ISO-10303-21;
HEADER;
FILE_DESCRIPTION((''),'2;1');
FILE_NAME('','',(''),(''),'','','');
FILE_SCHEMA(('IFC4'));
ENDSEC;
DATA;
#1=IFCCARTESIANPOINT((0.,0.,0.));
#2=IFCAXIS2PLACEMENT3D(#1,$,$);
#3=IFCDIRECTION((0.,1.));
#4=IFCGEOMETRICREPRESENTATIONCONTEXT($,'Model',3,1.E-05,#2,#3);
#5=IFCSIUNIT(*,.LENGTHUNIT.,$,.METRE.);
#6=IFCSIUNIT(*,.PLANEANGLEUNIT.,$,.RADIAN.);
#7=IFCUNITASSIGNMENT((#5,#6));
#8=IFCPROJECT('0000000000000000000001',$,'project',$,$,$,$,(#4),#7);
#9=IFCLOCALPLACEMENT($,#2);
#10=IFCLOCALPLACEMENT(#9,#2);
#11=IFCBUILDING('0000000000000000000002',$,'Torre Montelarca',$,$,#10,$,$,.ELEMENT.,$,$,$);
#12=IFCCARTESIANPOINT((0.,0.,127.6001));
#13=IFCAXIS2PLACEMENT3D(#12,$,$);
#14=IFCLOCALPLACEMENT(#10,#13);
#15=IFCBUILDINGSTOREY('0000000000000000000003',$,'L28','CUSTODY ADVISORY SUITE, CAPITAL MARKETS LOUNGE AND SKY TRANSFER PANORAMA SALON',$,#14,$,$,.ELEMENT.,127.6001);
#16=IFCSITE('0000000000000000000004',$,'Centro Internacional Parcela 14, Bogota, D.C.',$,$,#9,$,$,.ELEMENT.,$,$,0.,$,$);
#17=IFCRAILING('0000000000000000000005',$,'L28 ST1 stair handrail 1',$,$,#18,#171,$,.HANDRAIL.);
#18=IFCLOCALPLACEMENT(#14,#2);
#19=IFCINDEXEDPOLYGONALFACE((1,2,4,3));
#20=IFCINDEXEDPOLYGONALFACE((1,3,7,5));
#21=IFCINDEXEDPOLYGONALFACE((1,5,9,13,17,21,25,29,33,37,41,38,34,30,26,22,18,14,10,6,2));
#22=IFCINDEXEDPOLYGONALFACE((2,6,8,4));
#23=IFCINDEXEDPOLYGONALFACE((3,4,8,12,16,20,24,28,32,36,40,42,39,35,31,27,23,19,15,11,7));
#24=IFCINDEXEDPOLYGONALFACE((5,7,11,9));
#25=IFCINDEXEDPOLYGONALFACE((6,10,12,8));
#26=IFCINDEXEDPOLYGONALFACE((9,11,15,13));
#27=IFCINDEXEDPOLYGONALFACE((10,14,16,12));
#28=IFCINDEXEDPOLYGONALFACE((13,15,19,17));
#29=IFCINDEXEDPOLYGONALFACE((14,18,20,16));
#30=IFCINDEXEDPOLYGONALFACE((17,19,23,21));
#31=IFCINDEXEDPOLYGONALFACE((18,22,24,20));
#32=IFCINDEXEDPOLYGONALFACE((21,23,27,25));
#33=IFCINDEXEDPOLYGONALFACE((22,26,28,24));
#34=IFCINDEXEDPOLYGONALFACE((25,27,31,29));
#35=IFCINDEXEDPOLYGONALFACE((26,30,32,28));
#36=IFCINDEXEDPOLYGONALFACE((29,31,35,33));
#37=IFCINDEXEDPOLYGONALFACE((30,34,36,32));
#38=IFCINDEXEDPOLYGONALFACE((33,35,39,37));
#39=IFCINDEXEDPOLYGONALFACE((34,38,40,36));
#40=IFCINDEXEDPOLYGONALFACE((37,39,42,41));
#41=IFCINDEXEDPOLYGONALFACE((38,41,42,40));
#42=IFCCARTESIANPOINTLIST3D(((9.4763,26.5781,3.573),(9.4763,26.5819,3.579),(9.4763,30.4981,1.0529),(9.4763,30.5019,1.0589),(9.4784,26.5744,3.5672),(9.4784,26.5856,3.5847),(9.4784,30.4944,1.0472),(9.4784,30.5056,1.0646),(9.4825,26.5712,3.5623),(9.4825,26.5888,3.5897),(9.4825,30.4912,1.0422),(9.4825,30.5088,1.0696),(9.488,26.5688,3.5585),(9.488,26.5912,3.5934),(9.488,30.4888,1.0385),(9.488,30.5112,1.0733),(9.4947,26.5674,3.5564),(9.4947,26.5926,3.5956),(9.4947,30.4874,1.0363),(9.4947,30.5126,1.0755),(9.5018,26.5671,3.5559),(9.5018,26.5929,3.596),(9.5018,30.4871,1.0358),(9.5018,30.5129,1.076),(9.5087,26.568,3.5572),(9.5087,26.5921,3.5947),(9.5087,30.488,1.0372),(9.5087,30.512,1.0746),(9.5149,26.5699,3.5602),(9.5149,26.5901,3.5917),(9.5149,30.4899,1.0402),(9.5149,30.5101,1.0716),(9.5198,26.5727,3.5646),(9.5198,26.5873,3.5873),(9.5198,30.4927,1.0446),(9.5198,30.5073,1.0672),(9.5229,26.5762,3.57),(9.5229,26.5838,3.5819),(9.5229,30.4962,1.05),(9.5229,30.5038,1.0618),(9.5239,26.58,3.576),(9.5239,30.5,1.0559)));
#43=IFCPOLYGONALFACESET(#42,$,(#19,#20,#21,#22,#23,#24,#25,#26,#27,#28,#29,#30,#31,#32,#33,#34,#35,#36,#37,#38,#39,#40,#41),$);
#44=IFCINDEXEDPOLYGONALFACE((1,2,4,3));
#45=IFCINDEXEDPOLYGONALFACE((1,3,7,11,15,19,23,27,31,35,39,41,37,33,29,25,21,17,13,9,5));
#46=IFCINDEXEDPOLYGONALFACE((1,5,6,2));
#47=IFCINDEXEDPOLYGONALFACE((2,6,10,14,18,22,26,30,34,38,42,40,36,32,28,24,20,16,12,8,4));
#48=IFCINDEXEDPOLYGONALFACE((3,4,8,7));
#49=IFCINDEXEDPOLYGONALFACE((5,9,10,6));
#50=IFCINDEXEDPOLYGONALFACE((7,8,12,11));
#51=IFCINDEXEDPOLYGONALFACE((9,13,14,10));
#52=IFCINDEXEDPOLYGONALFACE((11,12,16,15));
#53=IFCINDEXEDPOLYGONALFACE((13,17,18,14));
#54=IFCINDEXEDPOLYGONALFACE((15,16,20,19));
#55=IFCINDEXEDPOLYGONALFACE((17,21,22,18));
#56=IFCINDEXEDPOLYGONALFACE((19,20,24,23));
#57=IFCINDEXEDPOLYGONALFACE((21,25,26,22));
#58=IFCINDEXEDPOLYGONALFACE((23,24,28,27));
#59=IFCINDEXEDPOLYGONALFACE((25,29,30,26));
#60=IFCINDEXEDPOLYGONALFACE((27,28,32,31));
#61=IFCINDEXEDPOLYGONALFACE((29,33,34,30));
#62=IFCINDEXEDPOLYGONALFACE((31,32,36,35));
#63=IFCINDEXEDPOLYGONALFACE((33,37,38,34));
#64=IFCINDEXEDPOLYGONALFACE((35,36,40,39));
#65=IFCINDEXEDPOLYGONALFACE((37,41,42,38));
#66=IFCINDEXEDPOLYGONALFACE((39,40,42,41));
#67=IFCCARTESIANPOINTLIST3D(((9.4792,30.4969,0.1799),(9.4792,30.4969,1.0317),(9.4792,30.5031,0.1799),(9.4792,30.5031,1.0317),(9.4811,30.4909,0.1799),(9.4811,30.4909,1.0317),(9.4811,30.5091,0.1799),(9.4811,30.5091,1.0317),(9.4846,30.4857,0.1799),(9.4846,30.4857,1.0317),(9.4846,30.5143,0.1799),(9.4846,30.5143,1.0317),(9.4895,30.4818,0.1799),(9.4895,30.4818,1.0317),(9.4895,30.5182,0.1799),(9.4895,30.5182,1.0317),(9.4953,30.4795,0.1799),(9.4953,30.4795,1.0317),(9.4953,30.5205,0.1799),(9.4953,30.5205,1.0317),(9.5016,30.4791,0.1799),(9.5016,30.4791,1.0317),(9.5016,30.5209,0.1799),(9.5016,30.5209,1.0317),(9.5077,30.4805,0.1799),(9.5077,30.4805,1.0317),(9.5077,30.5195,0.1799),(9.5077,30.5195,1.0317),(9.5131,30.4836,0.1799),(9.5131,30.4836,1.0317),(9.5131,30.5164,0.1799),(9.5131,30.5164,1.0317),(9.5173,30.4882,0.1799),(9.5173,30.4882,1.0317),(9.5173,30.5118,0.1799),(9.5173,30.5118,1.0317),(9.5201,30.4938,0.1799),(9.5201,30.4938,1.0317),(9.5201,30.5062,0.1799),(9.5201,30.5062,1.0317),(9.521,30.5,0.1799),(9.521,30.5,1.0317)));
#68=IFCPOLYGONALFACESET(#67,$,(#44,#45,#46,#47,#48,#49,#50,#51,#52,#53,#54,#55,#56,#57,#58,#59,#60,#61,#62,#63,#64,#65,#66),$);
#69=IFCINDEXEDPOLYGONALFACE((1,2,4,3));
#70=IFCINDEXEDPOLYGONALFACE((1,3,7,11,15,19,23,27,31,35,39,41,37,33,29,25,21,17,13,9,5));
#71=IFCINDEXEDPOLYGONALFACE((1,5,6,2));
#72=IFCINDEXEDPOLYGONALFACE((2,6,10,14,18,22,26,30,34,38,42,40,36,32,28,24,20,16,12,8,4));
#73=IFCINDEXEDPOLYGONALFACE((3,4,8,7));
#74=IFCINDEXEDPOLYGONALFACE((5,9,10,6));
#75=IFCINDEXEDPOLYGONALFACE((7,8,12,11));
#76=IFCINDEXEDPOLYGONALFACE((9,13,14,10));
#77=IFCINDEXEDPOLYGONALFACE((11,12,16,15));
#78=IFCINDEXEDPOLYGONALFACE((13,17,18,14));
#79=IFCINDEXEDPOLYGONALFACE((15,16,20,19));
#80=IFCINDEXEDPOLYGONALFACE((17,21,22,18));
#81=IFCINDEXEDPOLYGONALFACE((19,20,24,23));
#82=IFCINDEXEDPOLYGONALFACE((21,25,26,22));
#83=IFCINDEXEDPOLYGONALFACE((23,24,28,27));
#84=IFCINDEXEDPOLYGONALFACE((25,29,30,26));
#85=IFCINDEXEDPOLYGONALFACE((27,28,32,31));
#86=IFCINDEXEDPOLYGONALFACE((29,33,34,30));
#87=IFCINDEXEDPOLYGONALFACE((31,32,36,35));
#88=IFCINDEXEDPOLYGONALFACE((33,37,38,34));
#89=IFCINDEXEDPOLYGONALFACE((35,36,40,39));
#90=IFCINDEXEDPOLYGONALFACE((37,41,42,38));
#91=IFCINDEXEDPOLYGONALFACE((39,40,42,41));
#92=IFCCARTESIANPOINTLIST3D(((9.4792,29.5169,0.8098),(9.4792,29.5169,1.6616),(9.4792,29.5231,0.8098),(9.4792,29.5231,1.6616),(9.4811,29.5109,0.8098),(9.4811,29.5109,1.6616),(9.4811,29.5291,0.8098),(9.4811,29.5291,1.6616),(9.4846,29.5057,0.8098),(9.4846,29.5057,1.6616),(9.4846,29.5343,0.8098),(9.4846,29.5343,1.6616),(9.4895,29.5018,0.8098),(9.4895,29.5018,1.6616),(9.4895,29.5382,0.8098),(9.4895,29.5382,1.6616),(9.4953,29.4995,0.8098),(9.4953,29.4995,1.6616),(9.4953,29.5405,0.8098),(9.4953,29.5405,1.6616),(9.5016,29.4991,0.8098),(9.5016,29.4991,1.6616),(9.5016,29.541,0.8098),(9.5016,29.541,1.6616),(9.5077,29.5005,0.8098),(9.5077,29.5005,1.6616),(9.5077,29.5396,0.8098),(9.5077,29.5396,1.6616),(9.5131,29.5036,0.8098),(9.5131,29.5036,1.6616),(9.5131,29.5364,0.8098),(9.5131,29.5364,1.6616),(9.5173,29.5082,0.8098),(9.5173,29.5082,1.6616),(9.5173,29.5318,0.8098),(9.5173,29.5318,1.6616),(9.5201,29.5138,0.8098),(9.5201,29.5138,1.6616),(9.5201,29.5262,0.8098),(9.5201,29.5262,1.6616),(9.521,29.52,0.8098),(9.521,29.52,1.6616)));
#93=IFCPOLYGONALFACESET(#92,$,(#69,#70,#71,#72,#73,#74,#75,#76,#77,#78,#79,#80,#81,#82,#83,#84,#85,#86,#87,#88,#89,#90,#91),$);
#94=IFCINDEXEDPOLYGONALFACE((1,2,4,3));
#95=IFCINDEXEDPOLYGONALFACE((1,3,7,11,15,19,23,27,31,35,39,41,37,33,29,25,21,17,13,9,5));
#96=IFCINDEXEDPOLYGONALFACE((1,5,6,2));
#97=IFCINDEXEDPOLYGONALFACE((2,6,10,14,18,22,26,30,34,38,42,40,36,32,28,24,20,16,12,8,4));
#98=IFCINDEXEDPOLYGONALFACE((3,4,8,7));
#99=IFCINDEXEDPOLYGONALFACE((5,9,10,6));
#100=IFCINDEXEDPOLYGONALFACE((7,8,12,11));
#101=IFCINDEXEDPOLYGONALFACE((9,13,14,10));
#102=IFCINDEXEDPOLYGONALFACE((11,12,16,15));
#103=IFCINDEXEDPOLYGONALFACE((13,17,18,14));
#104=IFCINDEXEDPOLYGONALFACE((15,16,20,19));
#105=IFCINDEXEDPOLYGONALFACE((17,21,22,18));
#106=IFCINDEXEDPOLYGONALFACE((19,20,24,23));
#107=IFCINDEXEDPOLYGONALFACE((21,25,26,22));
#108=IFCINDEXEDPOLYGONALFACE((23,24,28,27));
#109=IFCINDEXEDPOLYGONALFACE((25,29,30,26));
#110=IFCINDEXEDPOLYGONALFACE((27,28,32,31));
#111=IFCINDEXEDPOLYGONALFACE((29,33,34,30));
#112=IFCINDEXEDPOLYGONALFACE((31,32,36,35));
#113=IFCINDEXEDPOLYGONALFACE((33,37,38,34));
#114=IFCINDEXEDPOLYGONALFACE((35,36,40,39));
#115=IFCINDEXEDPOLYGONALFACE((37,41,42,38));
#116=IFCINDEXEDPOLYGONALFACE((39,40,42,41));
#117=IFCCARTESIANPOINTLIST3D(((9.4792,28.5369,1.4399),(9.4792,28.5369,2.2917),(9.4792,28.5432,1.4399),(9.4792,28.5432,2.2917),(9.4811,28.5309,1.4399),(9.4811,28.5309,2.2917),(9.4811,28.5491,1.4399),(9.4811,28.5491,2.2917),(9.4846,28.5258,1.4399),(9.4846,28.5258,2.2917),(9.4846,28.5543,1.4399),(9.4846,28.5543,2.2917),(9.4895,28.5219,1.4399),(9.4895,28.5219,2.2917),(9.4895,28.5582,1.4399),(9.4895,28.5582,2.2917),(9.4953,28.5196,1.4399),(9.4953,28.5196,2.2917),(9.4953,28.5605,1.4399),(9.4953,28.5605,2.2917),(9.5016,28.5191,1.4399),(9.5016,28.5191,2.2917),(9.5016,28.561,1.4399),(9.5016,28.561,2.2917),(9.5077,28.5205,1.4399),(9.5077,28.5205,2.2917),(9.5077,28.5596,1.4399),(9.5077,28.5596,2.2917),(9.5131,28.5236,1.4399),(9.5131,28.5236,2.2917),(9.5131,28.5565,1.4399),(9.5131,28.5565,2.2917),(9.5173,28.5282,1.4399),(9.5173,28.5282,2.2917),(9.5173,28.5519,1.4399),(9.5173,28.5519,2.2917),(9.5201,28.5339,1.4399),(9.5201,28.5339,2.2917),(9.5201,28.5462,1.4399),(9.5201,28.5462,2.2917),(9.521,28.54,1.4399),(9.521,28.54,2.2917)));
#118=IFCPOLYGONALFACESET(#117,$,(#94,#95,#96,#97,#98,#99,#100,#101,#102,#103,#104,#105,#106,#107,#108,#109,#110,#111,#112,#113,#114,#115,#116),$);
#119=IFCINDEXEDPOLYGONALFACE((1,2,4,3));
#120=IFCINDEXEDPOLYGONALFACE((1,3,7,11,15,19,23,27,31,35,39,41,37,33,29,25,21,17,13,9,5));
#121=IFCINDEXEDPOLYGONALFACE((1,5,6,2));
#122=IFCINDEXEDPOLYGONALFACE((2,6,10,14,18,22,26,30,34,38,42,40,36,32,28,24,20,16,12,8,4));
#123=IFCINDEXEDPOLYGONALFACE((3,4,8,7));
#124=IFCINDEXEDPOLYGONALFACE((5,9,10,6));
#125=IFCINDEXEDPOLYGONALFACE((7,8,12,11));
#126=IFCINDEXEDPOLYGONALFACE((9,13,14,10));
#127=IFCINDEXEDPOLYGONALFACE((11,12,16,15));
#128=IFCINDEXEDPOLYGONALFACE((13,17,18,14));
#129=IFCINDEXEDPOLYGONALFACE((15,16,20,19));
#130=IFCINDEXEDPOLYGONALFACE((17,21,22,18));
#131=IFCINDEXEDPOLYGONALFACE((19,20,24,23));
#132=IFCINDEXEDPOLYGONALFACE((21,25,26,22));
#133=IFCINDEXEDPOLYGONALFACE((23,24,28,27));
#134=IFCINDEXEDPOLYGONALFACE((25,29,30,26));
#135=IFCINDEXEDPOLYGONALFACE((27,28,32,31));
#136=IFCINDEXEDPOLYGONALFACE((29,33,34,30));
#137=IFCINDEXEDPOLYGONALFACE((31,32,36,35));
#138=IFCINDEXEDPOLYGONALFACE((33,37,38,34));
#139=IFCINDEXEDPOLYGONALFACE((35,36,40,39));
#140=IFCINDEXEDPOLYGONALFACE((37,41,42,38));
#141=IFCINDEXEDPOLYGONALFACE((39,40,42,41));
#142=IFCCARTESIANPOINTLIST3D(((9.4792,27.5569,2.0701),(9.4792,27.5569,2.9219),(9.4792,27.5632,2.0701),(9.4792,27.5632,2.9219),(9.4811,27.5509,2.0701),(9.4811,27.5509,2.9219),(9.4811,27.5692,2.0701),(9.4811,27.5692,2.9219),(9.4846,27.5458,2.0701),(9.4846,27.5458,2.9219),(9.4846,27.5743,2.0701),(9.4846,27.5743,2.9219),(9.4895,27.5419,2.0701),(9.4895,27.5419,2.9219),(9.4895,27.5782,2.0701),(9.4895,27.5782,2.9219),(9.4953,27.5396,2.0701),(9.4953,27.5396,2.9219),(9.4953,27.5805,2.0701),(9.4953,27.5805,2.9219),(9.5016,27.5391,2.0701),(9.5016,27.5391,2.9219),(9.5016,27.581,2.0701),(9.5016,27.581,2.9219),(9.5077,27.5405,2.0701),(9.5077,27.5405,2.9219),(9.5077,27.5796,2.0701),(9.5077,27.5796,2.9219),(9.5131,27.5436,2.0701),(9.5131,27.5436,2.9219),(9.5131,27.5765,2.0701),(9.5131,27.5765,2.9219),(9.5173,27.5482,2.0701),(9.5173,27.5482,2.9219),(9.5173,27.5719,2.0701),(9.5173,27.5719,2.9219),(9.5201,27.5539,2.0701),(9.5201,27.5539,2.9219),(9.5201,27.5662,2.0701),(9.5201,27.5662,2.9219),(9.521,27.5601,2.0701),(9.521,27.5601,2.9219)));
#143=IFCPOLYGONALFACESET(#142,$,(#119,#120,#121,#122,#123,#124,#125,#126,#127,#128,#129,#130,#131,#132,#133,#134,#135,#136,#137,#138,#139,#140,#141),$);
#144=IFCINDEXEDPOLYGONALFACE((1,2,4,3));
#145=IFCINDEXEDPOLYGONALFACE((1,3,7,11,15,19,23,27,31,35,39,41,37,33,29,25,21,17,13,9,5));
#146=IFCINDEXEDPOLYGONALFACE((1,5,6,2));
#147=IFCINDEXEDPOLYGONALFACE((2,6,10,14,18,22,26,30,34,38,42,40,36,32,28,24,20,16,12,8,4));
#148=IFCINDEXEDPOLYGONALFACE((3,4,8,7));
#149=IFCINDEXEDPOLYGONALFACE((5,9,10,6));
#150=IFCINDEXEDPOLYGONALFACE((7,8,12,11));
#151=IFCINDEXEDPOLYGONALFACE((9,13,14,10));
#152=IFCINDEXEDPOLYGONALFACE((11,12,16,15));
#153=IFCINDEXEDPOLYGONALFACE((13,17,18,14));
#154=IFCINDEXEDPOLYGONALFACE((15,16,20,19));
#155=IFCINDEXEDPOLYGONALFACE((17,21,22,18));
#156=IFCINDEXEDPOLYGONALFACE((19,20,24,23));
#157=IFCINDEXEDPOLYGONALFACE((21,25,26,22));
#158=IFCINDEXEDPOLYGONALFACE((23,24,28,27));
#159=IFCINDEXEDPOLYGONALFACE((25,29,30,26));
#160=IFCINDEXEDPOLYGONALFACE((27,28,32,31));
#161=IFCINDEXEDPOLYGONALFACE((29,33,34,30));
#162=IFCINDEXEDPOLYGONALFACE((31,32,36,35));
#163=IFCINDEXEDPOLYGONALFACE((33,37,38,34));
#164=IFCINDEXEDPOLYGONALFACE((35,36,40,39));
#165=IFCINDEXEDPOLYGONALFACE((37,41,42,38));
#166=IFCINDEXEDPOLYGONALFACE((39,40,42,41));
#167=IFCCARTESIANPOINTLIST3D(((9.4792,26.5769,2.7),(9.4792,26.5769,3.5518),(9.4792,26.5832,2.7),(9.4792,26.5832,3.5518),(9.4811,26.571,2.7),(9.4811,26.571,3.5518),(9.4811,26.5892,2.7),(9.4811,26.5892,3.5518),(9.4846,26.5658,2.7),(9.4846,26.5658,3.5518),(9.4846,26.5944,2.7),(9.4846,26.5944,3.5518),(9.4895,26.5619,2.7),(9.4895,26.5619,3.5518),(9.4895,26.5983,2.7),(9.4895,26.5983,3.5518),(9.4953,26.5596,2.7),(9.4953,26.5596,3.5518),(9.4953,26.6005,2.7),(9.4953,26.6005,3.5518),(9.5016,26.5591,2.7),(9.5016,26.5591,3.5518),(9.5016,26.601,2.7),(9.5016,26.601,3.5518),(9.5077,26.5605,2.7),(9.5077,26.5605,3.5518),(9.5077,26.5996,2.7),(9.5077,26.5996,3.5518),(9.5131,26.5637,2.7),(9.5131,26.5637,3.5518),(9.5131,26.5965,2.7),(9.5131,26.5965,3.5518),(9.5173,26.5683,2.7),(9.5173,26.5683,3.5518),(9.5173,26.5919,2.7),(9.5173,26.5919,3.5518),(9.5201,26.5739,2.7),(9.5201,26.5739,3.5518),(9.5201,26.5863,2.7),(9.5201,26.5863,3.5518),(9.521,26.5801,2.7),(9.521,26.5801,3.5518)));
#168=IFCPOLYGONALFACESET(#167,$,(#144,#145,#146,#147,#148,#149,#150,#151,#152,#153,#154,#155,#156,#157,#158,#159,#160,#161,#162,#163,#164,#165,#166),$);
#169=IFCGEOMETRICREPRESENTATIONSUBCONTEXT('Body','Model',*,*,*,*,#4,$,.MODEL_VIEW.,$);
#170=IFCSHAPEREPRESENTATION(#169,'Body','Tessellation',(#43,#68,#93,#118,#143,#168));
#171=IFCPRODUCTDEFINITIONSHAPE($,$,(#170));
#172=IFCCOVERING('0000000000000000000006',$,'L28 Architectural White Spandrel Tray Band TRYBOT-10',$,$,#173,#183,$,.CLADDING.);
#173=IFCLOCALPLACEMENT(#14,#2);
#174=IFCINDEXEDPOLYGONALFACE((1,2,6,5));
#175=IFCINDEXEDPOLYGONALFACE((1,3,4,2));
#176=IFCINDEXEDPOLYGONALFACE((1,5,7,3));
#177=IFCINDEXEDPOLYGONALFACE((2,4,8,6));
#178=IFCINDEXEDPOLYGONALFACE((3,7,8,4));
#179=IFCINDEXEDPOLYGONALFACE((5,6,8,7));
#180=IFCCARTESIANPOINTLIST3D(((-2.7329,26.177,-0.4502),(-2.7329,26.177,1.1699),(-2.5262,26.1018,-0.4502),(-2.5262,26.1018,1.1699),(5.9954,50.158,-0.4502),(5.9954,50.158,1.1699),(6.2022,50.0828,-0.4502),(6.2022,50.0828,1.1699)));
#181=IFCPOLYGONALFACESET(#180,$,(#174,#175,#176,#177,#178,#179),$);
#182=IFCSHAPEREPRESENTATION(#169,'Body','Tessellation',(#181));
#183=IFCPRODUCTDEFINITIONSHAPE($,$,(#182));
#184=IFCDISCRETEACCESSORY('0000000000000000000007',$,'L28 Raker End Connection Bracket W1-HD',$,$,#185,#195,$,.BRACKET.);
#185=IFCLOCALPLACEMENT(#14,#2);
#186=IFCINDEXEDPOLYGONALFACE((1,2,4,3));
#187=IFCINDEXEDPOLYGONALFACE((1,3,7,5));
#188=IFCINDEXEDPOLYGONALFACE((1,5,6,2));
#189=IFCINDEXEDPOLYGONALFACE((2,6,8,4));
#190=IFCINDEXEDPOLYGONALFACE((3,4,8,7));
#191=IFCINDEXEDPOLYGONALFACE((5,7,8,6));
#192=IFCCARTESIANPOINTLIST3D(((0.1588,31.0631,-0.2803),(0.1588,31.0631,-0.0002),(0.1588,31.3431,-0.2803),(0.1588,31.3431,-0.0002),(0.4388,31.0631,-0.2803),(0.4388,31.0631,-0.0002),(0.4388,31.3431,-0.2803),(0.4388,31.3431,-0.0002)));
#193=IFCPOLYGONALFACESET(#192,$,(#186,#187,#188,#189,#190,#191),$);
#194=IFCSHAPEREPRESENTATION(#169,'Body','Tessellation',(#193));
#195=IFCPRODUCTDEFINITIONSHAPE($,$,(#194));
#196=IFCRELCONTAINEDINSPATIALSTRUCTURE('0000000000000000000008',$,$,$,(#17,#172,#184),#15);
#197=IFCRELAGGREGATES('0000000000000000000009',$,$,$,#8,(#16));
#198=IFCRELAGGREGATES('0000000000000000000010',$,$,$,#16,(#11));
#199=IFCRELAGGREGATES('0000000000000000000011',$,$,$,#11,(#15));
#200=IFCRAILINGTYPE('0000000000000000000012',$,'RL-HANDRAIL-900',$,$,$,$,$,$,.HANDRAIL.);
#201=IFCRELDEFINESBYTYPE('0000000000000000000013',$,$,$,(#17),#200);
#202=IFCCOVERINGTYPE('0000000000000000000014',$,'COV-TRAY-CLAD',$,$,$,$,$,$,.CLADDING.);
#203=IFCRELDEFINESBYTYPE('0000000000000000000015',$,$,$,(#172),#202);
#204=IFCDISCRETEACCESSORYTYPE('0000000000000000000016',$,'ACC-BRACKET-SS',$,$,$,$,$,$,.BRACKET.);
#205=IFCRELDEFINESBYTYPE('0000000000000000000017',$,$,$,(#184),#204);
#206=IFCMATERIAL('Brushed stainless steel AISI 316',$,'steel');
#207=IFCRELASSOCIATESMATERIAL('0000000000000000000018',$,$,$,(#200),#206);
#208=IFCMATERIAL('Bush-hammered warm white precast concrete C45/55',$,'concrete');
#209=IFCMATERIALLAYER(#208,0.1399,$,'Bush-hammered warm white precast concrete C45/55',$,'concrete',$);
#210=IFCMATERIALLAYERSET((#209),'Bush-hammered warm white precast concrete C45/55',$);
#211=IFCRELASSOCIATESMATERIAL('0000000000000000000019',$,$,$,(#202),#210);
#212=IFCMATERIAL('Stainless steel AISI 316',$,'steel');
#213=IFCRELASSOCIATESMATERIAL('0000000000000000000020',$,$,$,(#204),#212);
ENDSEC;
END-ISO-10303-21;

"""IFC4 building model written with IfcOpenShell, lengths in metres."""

from ifc_helpers import new_model, si_unit, direction, frame, origin, origin_2d, place, context, subcontext, project, spatial, rectangle, circle, extrude, source, transform, mapped, material, layer, layer_set, type_object, element, save


model = new_model("IFC4")

# Units and contexts
model_context = context("Model", 3, precision=1e-05, world=origin(), true_north=direction((0.0, 1.0)))
body_context = subcontext(model_context, "Body", "Model", "MODEL_VIEW")
ifc_project = project(units=[si_unit("LENGTHUNIT", "METRE"), si_unit("PLANEANGLEUNIT", "RADIAN")], contexts=[model_context])

# Site, building, storey
site_placement = place(None, origin())
site = spatial("IfcSite", under=ifc_project, at=site_placement, Name="Centro Internacional Parcela 14, Bogota, D.C.", CompositionType="ELEMENT", RefElevation=0.0)
building_placement = place(site_placement, origin())
building = spatial("IfcBuilding", under=site, at=building_placement, Name="Torre Montelarca", CompositionType="ELEMENT")
storey_placement = place(building_placement, frame((0.0, 0.0, 127.6001)))
storey = spatial("IfcBuildingStorey", under=building, at=storey_placement, Name="L28", Description="CUSTODY ADVISORY SUITE, CAPITAL MARKETS LOUNGE AND SKY TRANSFER PANORAMA SALON", CompositionType="ELEMENT", Elevation=127.6001)

# Shared definitions
ifc_material_1 = material(Name="Brushed stainless steel AISI 316", Category="steel")

# Railing
railing_type_1 = type_object("IfcRailingType", Name="RL-HANDRAIL-900", PredefinedType="HANDRAIL", material=ifc_material_1)
railing_1_placement = place(storey_placement, frame((9.5, 30.5, 0.1799)))
element("IfcRailing", 1, at=railing_1_placement, inside=storey, type_object=railing_type_1, Name="L28 ST1 stair handrail 1", PredefinedType="HANDRAIL", context=body_context, shape_type="SweptSolid", body=[
    extrude(circle(Radius=0.0239, at=origin_2d()), frame((0.0, 0.0, 0.876), z_axis=(0.0, -0.841172, 0.540768), x_axis=(1.0, 0.0, 0.0)), (0.0, 0.0, 1.0), 4.6602),
    extrude(circle(Radius=0.021, at=origin_2d()), origin(), (0.0, 0.0, 1.0), 0.8518),
    extrude(circle(Radius=0.021, at=origin_2d()), frame((0.0, -0.98, 0.6299)), (0.0, 0.0, 1.0), 0.8518),
    extrude(circle(Radius=0.021, at=origin_2d()), frame((0.0, -1.96, 1.26)), (0.0, 0.0, 1.0), 0.8518),
    extrude(circle(Radius=0.021, at=origin_2d()), frame((0.0, -2.9399, 1.8901)), (0.0, 0.0, 1.0), 0.8518),
    extrude(circle(Radius=0.021, at=origin_2d()), frame((0.0, -3.9199, 2.52)), (0.0, 0.0, 1.0), 0.8518),
])

# Covering
ifc_material_2 = material(Name="Bush-hammered warm white precast concrete C45/55", Category="concrete")
ifc_layer_1 = layer(ifc_material_2, 0.1399, Name="Bush-hammered warm white precast concrete C45/55", Category="concrete")
ifc_layer_set_1 = layer_set([ifc_layer_1], Name="Bush-hammered warm white precast concrete C45/55")
covering_type = type_object("IfcCoveringType", Name="COV-TRAY-CLAD", PredefinedType="CLADDING", material=ifc_layer_set_1)
shared_shape_1 = source(origin(), body_context, "Body", "SweptSolid", [
    extrude(rectangle(XDim=25.52, YDim=0.22, at=origin_2d()), origin(), (0.0, 0.0, 1.0), 1.6201),
])
covering_placement = place(storey_placement, frame((1.7346, 38.1299, -0.4502), z_axis=(0.0, 0.0, 1.0), x_axis=(-0.34202, -0.939693, 0.0)))
element("IfcCovering", 2, at=covering_placement, inside=storey, type_object=covering_type, Name="L28 Architectural White Spandrel Tray Band TRYBOT-10", PredefinedType="CLADDING", context=body_context, shape_type="MappedRepresentation", body=[
    mapped(shared_shape_1, transform((0.0, 0.0, 0.0), scale=1.0)),
])

# Discrete accessory
ifc_material_3 = material(Name="Stainless steel AISI 316", Category="steel")
discrete_accessory_type = type_object("IfcDiscreteAccessoryType", Name="ACC-BRACKET-SS", PredefinedType="BRACKET", material=ifc_material_3)
shared_shape_2 = source(origin(), body_context, "Body", "SweptSolid", [
    extrude(rectangle(XDim=0.28, YDim=0.28, at=origin_2d()), origin(), (0.0, 0.0, 1.0), 0.28),
])
discrete_accessory_placement = place(storey_placement, frame((0.2988, 31.2031, -0.2803), z_axis=(0.0, 0.0, 1.0), x_axis=(1.0, 0.0, 0.0)))
element("IfcDiscreteAccessory", 3, at=discrete_accessory_placement, inside=storey, type_object=discrete_accessory_type, Name="L28 Raker End Connection Bracket W1-HD", PredefinedType="BRACKET", context=body_context, shape_type="MappedRepresentation", body=[
    mapped(shared_shape_2, transform((0.0, 0.0, 0.0), scale=1.0)),
])

save(model, "model.ifc")
